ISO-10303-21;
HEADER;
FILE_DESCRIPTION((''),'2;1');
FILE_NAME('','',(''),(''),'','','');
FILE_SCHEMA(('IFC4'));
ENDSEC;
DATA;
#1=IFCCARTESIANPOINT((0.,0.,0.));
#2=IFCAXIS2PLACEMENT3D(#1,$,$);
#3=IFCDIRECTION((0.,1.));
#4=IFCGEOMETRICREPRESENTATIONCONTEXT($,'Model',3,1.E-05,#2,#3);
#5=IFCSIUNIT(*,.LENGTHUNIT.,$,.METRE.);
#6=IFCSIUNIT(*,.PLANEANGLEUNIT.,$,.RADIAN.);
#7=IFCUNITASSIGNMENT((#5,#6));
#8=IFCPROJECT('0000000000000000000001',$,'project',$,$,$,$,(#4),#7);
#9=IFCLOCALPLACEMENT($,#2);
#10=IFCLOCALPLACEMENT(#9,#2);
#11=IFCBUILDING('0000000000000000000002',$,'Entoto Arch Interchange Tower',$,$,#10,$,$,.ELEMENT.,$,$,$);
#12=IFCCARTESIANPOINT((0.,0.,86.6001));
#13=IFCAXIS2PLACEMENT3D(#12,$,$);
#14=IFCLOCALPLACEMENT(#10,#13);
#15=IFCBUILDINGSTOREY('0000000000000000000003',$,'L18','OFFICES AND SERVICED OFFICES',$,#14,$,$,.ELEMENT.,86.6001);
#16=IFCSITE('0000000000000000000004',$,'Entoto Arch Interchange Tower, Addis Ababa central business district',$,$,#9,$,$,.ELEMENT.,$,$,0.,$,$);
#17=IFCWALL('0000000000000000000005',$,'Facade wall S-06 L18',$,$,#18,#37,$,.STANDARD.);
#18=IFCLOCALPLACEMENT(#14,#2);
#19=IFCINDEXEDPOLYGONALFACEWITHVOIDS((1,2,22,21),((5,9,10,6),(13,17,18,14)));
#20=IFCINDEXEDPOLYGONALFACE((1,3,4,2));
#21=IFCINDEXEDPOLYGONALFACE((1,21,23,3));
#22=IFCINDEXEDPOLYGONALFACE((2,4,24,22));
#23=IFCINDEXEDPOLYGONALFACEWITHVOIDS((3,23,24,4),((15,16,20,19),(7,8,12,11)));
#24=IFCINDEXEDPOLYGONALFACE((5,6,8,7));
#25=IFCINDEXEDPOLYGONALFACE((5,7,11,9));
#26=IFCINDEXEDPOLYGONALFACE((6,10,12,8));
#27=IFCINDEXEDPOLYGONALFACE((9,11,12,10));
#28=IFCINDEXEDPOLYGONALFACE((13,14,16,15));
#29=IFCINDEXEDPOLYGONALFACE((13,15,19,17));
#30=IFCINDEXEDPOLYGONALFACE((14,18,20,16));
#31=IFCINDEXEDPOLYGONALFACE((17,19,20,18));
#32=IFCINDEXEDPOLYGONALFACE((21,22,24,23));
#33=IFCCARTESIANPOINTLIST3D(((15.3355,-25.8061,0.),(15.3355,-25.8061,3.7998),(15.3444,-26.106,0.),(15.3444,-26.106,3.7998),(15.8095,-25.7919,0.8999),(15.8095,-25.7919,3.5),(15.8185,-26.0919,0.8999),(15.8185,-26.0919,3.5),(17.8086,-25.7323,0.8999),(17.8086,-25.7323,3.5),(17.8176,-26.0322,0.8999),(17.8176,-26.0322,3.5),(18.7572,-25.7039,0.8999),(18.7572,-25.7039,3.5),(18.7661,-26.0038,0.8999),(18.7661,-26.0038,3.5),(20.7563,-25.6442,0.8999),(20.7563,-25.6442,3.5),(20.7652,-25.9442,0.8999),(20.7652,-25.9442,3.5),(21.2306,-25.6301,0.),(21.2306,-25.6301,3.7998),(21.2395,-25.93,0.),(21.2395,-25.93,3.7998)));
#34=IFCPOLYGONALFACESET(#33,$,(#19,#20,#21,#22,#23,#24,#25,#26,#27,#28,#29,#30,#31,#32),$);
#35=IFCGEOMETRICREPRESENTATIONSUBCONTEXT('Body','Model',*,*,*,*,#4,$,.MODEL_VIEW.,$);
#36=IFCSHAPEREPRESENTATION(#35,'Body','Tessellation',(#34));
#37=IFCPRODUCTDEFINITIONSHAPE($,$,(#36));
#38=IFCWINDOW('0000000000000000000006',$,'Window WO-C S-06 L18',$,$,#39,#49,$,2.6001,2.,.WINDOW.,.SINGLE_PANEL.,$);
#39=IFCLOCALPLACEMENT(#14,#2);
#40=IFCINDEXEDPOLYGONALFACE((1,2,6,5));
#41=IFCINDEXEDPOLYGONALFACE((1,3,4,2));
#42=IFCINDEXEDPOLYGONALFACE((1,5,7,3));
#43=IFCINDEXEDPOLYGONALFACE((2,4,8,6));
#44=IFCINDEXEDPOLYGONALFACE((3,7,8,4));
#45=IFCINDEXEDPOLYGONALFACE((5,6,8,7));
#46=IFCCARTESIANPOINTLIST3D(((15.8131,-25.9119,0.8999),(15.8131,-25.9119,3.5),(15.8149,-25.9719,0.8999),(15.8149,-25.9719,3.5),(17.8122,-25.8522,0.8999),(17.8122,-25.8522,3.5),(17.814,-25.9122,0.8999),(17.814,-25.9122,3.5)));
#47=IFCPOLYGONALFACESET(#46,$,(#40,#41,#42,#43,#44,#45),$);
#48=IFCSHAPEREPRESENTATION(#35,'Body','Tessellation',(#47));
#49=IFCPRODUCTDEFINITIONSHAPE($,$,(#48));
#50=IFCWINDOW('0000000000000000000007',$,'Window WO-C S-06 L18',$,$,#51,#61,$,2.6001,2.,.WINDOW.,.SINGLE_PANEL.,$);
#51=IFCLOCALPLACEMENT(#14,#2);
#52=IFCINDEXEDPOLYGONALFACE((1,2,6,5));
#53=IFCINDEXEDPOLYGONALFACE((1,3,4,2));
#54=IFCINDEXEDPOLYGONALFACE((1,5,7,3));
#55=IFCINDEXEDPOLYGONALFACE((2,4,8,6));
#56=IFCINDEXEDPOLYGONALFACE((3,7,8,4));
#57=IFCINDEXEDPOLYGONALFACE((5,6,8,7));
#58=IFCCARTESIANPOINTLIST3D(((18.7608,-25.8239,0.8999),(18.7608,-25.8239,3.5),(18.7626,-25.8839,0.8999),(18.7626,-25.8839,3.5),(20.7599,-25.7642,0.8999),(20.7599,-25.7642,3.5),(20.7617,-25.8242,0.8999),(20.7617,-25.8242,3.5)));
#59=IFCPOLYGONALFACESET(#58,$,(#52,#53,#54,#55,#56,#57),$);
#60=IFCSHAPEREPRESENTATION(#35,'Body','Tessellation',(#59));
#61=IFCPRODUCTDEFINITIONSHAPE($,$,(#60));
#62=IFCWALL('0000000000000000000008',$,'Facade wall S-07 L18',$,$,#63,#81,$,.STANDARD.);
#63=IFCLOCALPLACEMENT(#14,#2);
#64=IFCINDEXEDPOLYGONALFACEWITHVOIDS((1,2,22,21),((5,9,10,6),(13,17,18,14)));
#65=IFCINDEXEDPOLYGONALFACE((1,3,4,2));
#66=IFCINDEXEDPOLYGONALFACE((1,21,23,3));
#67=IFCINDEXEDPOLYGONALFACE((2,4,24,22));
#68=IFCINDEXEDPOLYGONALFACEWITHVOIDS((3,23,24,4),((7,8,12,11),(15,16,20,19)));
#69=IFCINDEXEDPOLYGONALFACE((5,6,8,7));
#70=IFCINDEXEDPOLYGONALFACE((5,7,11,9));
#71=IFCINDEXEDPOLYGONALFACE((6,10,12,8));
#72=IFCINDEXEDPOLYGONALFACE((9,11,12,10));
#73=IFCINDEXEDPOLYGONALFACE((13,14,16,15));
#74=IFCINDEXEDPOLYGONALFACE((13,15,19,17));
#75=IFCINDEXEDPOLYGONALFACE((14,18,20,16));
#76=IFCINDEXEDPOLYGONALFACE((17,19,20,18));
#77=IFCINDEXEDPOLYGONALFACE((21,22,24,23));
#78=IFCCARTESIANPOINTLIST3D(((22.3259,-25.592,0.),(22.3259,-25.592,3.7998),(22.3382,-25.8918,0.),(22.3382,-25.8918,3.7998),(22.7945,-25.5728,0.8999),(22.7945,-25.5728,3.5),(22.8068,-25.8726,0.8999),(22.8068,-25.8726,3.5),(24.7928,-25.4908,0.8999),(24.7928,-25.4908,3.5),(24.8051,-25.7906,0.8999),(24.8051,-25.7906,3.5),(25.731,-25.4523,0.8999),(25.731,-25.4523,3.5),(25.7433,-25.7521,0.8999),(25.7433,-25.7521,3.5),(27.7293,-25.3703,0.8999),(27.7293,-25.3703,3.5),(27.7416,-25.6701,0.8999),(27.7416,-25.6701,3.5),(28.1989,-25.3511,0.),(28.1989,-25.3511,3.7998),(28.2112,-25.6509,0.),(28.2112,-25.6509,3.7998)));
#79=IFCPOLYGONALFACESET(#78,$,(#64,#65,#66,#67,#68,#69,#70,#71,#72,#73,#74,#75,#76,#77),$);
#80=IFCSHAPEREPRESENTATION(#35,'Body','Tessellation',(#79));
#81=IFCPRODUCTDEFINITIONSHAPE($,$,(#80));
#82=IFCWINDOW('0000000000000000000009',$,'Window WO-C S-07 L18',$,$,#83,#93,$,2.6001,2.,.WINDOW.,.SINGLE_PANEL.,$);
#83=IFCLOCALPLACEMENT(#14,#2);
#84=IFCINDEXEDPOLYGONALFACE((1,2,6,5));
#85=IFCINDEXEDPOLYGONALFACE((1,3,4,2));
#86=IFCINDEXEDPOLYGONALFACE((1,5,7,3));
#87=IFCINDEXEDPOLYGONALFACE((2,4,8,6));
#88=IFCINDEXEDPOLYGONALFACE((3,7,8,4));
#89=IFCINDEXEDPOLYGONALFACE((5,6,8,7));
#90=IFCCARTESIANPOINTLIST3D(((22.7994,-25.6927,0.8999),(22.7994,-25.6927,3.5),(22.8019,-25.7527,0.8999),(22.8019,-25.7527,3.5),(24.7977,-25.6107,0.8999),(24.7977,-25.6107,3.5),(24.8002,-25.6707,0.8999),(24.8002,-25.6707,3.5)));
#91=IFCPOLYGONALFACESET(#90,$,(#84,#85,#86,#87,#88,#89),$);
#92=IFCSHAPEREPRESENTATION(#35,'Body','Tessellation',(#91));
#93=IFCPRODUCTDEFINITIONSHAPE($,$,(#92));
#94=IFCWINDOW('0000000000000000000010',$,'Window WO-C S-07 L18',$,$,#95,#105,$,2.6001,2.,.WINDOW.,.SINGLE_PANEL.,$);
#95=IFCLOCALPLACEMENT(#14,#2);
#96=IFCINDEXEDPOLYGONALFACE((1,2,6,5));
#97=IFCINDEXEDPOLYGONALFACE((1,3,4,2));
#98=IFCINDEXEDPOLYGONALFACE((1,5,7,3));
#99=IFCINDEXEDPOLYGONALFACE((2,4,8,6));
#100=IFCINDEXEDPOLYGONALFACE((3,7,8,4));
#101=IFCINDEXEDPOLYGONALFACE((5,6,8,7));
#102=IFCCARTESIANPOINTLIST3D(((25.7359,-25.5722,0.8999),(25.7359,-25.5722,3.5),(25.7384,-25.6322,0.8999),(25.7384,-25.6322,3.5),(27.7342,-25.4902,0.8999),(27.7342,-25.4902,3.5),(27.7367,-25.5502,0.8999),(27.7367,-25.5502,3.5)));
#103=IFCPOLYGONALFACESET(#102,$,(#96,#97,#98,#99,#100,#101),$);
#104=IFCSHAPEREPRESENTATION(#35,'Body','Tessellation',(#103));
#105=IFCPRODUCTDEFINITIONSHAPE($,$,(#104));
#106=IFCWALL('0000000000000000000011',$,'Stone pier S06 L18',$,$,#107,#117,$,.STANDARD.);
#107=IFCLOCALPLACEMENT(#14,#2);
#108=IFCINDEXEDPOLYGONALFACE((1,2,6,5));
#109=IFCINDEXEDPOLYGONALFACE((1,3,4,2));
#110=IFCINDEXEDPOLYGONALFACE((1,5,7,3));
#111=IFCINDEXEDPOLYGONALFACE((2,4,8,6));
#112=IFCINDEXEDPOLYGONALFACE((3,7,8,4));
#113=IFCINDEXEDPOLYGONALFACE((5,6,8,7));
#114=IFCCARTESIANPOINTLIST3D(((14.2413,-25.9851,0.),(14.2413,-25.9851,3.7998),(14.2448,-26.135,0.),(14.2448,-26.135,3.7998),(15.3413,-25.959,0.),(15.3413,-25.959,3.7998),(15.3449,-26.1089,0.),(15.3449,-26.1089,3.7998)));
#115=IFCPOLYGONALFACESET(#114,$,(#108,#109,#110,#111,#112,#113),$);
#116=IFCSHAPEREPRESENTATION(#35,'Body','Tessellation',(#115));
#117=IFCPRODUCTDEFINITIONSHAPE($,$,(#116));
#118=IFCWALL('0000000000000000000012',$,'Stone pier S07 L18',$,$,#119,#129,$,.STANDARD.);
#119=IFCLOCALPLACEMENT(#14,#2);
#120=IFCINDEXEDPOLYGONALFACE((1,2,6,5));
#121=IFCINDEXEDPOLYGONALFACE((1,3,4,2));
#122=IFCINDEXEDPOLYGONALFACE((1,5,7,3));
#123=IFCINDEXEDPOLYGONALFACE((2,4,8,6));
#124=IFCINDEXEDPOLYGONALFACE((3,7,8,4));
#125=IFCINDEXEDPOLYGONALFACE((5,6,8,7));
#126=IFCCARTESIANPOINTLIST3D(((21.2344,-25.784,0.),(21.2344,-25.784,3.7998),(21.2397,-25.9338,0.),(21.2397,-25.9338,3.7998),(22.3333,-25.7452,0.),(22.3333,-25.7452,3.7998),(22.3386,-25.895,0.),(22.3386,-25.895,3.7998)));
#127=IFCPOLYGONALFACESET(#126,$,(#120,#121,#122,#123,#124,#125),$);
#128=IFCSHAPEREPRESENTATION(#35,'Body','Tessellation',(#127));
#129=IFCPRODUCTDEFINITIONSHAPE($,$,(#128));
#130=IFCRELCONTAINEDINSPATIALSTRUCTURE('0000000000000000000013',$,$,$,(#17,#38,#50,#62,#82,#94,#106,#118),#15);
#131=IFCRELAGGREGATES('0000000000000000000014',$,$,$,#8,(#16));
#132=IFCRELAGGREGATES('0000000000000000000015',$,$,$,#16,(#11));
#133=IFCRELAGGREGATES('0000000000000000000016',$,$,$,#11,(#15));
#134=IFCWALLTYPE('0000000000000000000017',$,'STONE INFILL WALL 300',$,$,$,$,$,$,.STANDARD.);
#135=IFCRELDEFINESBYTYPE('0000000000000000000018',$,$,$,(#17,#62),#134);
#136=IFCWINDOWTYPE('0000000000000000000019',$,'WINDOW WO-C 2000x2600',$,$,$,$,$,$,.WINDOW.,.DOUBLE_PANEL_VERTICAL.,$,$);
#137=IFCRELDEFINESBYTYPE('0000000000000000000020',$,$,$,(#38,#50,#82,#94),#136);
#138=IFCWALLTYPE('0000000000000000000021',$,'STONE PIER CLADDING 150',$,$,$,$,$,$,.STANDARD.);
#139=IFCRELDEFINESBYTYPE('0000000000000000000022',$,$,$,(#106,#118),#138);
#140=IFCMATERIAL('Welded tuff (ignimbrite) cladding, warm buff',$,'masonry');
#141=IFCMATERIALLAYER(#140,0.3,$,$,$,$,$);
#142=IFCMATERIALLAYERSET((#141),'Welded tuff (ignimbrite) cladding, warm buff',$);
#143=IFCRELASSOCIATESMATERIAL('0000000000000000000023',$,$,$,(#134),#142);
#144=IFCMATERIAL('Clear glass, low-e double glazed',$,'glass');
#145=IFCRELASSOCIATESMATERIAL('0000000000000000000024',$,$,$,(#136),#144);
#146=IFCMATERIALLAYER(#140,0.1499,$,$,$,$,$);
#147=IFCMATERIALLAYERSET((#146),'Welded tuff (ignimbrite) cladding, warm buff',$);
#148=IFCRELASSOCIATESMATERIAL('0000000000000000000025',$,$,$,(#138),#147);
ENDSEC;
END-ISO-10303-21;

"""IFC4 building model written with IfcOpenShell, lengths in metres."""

from ifc_helpers import new_model, si_unit, direction, frame, frame_2d, origin, place, context, subcontext, project, spatial, rectangle, extrude, material, layer, layer_set, type_object, element, fill, save


model = new_model("IFC4")

# Units and contexts
model_context = context("Model", 3, precision=1e-05, world=origin(), true_north=direction((0.0, 1.0)))
body_context = subcontext(model_context, "Body", "Model", "MODEL_VIEW")
ifc_project = project(units=[si_unit("LENGTHUNIT", "METRE"), si_unit("PLANEANGLEUNIT", "RADIAN")], contexts=[model_context])

# Site, building, storey
site_placement = place(None, origin())
site = spatial("IfcSite", under=ifc_project, at=site_placement, Name="Entoto Arch Interchange Tower, Addis Ababa central business district", CompositionType="ELEMENT", RefElevation=0.0)
building_placement = place(site_placement, origin())
building = spatial("IfcBuilding", under=site, at=building_placement, Name="Entoto Arch Interchange Tower", CompositionType="ELEMENT")
storey_placement = place(building_placement, frame((0.0, 0.0, 86.6001)))
storey = spatial("IfcBuildingStorey", under=building, at=storey_placement, Name="L18", Description="OFFICES AND SERVICED OFFICES", CompositionType="ELEMENT", Elevation=86.6001)

# Walls, openings, windows
ifc_material_1 = material(Name="Welded tuff (ignimbrite) cladding, warm buff", Category="masonry")
ifc_layer_1 = layer(ifc_material_1, 0.3)
ifc_layer_set_1 = layer_set([ifc_layer_1], Name="Welded tuff (ignimbrite) cladding, warm buff")
wall_type_1 = type_object("IfcWallType", Name="STONE INFILL WALL 300", PredefinedType="STANDARD", material=ifc_layer_set_1)
wall_1_placement = place(storey_placement, frame((15.3401, -25.9561, 0.0), z_axis=(0.0, 0.0, 1.0), x_axis=(0.999554, 0.029847, 0.0)))
wall_1 = element("IfcWall", 1, at=wall_1_placement, inside=storey, type_object=wall_type_1, Name="Facade wall S-06 L18", PredefinedType="STANDARD", context=body_context, shape_type="SweptSolid", body=[
    extrude(rectangle(XDim=5.8977, YDim=0.3, at=frame_2d((2.9487, 0.0))), origin(), (0.0, 0.0, 1.0), 3.7998),
])
opening_1_placement = place(wall_1_placement, frame((0.4741, 0.0, 0.8999)))
opening_1 = element("IfcOpeningElement", 2, at=opening_1_placement, cuts=wall_1, PredefinedType="OPENING", context=body_context, shape_type="SweptSolid", body=[
    extrude(rectangle(XDim=2.0, YDim=2.6001, at=frame_2d((1.0, 1.3))), frame((0.0, 0.1602, 0.0), z_axis=(0.0, -1.0, 0.0), x_axis=(1.0, 0.0, 0.0)), (0.0, 0.0, 1.0), 0.3201),
])
opening_2_placement = place(wall_1_placement, frame((3.4231, 0.0, 0.8999)))
opening_2 = element("IfcOpeningElement", 3, at=opening_2_placement, cuts=wall_1, PredefinedType="OPENING", context=body_context, shape_type="SweptSolid", body=[
    extrude(rectangle(XDim=2.0, YDim=2.6001, at=frame_2d((1.0, 1.3))), frame((0.0, 0.1602, 0.0), z_axis=(0.0, -1.0, 0.0), x_axis=(1.0, 0.0, 0.0)), (0.0, 0.0, 1.0), 0.3201),
])
ifc_material_2 = material(Name="Clear glass, low-e double glazed", Category="glass")
window_type = type_object("IfcWindowType", Name="WINDOW WO-C 2000x2600", PartitioningType="DOUBLE_PANEL_VERTICAL", PredefinedType="WINDOW", material=ifc_material_2)
window_1_placement = place(opening_1_placement, origin())
window_1 = element("IfcWindow", 4, at=window_1_placement, inside=storey, type_object=window_type, Name="Window WO-C S-06 L18", OverallHeight=2.6001, OverallWidth=2.0, PartitioningType="SINGLE_PANEL", PredefinedType="WINDOW", context=body_context, shape_type="SweptSolid", body=[
    extrude(rectangle(XDim=2.0, YDim=2.6001, at=frame_2d((1.0, 1.3))), frame((0.0, 0.03, 0.0), z_axis=(0.0, -1.0, 0.0), x_axis=(1.0, 0.0, 0.0)), (0.0, 0.0, 1.0), 0.0601),
])
fill(opening_1, window_1)
window_2_placement = place(opening_2_placement, origin())
window_2 = element("IfcWindow", 5, at=window_2_placement, inside=storey, type_object=window_type, Name="Window WO-C S-06 L18", OverallHeight=2.6001, OverallWidth=2.0, PartitioningType="SINGLE_PANEL", PredefinedType="WINDOW", context=body_context, shape_type="SweptSolid", body=[
    extrude(rectangle(XDim=2.0, YDim=2.6001, at=frame_2d((1.0, 1.3))), frame((0.0, 0.03, 0.0), z_axis=(0.0, -1.0, 0.0), x_axis=(1.0, 0.0, 0.0)), (0.0, 0.0, 1.0), 0.0601),
])
fill(opening_2, window_2)
wall_2_placement = place(storey_placement, frame((22.332, -25.7419, 0.0), z_axis=(0.0, 0.0, 1.0), x_axis=(0.999159, 0.040995, 0.0)))
wall_2 = element("IfcWall", 6, at=wall_2_placement, inside=storey, type_object=wall_type_1, Name="Facade wall S-07 L18", PredefinedType="STANDARD", context=body_context, shape_type="SweptSolid", body=[
    extrude(rectangle(XDim=5.8779, YDim=0.3, at=frame_2d((2.939, 0.0))), origin(), (0.0, 0.0, 1.0), 3.7998),
])
opening_3_placement = place(wall_2_placement, frame((0.469, 0.0, 0.8999)))
opening_3 = element("IfcOpeningElement", 7, at=opening_3_placement, cuts=wall_2, PredefinedType="OPENING", context=body_context, shape_type="SweptSolid", body=[
    extrude(rectangle(XDim=2.0, YDim=2.6001, at=frame_2d((1.0, 1.3))), frame((0.0, 0.1602, 0.0), z_axis=(0.0, -1.0, 0.0), x_axis=(1.0, 0.0, 0.0)), (0.0, 0.0, 1.0), 0.3201),
])
opening_4_placement = place(wall_2_placement, frame((3.408, 0.0, 0.8999)))
opening_4 = element("IfcOpeningElement", 8, at=opening_4_placement, cuts=wall_2, PredefinedType="OPENING", context=body_context, shape_type="SweptSolid", body=[
    extrude(rectangle(XDim=2.0, YDim=2.6001, at=frame_2d((1.0, 1.3))), frame((0.0, 0.1602, 0.0), z_axis=(0.0, -1.0, 0.0), x_axis=(1.0, 0.0, 0.0)), (0.0, 0.0, 1.0), 0.3201),
])
window_3_placement = place(opening_3_placement, origin())
window_3 = element("IfcWindow", 9, at=window_3_placement, inside=storey, type_object=window_type, Name="Window WO-C S-07 L18", OverallHeight=2.6001, OverallWidth=2.0, PartitioningType="SINGLE_PANEL", PredefinedType="WINDOW", context=body_context, shape_type="SweptSolid", body=[
    extrude(rectangle(XDim=2.0, YDim=2.6001, at=frame_2d((1.0, 1.3))), frame((0.0, 0.03, 0.0), z_axis=(0.0, -1.0, 0.0), x_axis=(1.0, 0.0, 0.0)), (0.0, 0.0, 1.0), 0.0601),
])
fill(opening_3, window_3)
window_4_placement = place(opening_4_placement, origin())
window_4 = element("IfcWindow", 10, at=window_4_placement, inside=storey, type_object=window_type, Name="Window WO-C S-07 L18", OverallHeight=2.6001, OverallWidth=2.0, PartitioningType="SINGLE_PANEL", PredefinedType="WINDOW", context=body_context, shape_type="SweptSolid", body=[
    extrude(rectangle(XDim=2.0, YDim=2.6001, at=frame_2d((1.0, 1.3))), frame((0.0, 0.03, 0.0), z_axis=(0.0, -1.0, 0.0), x_axis=(1.0, 0.0, 0.0)), (0.0, 0.0, 1.0), 0.0601),
])
fill(opening_4, window_4)

# Walls
ifc_layer_2 = layer(ifc_material_1, 0.1499)
ifc_layer_set_2 = layer_set([ifc_layer_2], Name="Welded tuff (ignimbrite) cladding, warm buff")
wall_type_2 = type_object("IfcWallType", Name="STONE PIER CLADDING 150", PredefinedType="STANDARD", material=ifc_layer_set_2)
wall_3_placement = place(storey_placement, frame((14.2429, -26.0601, 0.0), z_axis=(0.0, 0.0, 1.0), x_axis=(0.999718, 0.023739, 0.0)))
element("IfcWall", 11, at=wall_3_placement, inside=storey, type_object=wall_type_2, Name="Stone pier S06 L18", PredefinedType="STANDARD", context=body_context, shape_type="SweptSolid", body=[
    extrude(rectangle(XDim=1.1003, YDim=0.1499, at=frame_2d((0.5503, 0.0))), origin(), (0.0, 0.0, 1.0), 3.7998),
])
wall_4_placement = place(storey_placement, frame((21.2371, -25.8589, 0.0), z_axis=(0.0, 0.0, 1.0), x_axis=(0.999377, 0.035303, 0.0)))
element("IfcWall", 12, at=wall_4_placement, inside=storey, type_object=wall_type_2, Name="Stone pier S07 L18", PredefinedType="STANDARD", context=body_context, shape_type="SweptSolid", body=[
    extrude(rectangle(XDim=1.0996, YDim=0.1499, at=frame_2d((0.5498, 0.0))), origin(), (0.0, 0.0, 1.0), 3.7998),
])

save(model, "model.ifc")
